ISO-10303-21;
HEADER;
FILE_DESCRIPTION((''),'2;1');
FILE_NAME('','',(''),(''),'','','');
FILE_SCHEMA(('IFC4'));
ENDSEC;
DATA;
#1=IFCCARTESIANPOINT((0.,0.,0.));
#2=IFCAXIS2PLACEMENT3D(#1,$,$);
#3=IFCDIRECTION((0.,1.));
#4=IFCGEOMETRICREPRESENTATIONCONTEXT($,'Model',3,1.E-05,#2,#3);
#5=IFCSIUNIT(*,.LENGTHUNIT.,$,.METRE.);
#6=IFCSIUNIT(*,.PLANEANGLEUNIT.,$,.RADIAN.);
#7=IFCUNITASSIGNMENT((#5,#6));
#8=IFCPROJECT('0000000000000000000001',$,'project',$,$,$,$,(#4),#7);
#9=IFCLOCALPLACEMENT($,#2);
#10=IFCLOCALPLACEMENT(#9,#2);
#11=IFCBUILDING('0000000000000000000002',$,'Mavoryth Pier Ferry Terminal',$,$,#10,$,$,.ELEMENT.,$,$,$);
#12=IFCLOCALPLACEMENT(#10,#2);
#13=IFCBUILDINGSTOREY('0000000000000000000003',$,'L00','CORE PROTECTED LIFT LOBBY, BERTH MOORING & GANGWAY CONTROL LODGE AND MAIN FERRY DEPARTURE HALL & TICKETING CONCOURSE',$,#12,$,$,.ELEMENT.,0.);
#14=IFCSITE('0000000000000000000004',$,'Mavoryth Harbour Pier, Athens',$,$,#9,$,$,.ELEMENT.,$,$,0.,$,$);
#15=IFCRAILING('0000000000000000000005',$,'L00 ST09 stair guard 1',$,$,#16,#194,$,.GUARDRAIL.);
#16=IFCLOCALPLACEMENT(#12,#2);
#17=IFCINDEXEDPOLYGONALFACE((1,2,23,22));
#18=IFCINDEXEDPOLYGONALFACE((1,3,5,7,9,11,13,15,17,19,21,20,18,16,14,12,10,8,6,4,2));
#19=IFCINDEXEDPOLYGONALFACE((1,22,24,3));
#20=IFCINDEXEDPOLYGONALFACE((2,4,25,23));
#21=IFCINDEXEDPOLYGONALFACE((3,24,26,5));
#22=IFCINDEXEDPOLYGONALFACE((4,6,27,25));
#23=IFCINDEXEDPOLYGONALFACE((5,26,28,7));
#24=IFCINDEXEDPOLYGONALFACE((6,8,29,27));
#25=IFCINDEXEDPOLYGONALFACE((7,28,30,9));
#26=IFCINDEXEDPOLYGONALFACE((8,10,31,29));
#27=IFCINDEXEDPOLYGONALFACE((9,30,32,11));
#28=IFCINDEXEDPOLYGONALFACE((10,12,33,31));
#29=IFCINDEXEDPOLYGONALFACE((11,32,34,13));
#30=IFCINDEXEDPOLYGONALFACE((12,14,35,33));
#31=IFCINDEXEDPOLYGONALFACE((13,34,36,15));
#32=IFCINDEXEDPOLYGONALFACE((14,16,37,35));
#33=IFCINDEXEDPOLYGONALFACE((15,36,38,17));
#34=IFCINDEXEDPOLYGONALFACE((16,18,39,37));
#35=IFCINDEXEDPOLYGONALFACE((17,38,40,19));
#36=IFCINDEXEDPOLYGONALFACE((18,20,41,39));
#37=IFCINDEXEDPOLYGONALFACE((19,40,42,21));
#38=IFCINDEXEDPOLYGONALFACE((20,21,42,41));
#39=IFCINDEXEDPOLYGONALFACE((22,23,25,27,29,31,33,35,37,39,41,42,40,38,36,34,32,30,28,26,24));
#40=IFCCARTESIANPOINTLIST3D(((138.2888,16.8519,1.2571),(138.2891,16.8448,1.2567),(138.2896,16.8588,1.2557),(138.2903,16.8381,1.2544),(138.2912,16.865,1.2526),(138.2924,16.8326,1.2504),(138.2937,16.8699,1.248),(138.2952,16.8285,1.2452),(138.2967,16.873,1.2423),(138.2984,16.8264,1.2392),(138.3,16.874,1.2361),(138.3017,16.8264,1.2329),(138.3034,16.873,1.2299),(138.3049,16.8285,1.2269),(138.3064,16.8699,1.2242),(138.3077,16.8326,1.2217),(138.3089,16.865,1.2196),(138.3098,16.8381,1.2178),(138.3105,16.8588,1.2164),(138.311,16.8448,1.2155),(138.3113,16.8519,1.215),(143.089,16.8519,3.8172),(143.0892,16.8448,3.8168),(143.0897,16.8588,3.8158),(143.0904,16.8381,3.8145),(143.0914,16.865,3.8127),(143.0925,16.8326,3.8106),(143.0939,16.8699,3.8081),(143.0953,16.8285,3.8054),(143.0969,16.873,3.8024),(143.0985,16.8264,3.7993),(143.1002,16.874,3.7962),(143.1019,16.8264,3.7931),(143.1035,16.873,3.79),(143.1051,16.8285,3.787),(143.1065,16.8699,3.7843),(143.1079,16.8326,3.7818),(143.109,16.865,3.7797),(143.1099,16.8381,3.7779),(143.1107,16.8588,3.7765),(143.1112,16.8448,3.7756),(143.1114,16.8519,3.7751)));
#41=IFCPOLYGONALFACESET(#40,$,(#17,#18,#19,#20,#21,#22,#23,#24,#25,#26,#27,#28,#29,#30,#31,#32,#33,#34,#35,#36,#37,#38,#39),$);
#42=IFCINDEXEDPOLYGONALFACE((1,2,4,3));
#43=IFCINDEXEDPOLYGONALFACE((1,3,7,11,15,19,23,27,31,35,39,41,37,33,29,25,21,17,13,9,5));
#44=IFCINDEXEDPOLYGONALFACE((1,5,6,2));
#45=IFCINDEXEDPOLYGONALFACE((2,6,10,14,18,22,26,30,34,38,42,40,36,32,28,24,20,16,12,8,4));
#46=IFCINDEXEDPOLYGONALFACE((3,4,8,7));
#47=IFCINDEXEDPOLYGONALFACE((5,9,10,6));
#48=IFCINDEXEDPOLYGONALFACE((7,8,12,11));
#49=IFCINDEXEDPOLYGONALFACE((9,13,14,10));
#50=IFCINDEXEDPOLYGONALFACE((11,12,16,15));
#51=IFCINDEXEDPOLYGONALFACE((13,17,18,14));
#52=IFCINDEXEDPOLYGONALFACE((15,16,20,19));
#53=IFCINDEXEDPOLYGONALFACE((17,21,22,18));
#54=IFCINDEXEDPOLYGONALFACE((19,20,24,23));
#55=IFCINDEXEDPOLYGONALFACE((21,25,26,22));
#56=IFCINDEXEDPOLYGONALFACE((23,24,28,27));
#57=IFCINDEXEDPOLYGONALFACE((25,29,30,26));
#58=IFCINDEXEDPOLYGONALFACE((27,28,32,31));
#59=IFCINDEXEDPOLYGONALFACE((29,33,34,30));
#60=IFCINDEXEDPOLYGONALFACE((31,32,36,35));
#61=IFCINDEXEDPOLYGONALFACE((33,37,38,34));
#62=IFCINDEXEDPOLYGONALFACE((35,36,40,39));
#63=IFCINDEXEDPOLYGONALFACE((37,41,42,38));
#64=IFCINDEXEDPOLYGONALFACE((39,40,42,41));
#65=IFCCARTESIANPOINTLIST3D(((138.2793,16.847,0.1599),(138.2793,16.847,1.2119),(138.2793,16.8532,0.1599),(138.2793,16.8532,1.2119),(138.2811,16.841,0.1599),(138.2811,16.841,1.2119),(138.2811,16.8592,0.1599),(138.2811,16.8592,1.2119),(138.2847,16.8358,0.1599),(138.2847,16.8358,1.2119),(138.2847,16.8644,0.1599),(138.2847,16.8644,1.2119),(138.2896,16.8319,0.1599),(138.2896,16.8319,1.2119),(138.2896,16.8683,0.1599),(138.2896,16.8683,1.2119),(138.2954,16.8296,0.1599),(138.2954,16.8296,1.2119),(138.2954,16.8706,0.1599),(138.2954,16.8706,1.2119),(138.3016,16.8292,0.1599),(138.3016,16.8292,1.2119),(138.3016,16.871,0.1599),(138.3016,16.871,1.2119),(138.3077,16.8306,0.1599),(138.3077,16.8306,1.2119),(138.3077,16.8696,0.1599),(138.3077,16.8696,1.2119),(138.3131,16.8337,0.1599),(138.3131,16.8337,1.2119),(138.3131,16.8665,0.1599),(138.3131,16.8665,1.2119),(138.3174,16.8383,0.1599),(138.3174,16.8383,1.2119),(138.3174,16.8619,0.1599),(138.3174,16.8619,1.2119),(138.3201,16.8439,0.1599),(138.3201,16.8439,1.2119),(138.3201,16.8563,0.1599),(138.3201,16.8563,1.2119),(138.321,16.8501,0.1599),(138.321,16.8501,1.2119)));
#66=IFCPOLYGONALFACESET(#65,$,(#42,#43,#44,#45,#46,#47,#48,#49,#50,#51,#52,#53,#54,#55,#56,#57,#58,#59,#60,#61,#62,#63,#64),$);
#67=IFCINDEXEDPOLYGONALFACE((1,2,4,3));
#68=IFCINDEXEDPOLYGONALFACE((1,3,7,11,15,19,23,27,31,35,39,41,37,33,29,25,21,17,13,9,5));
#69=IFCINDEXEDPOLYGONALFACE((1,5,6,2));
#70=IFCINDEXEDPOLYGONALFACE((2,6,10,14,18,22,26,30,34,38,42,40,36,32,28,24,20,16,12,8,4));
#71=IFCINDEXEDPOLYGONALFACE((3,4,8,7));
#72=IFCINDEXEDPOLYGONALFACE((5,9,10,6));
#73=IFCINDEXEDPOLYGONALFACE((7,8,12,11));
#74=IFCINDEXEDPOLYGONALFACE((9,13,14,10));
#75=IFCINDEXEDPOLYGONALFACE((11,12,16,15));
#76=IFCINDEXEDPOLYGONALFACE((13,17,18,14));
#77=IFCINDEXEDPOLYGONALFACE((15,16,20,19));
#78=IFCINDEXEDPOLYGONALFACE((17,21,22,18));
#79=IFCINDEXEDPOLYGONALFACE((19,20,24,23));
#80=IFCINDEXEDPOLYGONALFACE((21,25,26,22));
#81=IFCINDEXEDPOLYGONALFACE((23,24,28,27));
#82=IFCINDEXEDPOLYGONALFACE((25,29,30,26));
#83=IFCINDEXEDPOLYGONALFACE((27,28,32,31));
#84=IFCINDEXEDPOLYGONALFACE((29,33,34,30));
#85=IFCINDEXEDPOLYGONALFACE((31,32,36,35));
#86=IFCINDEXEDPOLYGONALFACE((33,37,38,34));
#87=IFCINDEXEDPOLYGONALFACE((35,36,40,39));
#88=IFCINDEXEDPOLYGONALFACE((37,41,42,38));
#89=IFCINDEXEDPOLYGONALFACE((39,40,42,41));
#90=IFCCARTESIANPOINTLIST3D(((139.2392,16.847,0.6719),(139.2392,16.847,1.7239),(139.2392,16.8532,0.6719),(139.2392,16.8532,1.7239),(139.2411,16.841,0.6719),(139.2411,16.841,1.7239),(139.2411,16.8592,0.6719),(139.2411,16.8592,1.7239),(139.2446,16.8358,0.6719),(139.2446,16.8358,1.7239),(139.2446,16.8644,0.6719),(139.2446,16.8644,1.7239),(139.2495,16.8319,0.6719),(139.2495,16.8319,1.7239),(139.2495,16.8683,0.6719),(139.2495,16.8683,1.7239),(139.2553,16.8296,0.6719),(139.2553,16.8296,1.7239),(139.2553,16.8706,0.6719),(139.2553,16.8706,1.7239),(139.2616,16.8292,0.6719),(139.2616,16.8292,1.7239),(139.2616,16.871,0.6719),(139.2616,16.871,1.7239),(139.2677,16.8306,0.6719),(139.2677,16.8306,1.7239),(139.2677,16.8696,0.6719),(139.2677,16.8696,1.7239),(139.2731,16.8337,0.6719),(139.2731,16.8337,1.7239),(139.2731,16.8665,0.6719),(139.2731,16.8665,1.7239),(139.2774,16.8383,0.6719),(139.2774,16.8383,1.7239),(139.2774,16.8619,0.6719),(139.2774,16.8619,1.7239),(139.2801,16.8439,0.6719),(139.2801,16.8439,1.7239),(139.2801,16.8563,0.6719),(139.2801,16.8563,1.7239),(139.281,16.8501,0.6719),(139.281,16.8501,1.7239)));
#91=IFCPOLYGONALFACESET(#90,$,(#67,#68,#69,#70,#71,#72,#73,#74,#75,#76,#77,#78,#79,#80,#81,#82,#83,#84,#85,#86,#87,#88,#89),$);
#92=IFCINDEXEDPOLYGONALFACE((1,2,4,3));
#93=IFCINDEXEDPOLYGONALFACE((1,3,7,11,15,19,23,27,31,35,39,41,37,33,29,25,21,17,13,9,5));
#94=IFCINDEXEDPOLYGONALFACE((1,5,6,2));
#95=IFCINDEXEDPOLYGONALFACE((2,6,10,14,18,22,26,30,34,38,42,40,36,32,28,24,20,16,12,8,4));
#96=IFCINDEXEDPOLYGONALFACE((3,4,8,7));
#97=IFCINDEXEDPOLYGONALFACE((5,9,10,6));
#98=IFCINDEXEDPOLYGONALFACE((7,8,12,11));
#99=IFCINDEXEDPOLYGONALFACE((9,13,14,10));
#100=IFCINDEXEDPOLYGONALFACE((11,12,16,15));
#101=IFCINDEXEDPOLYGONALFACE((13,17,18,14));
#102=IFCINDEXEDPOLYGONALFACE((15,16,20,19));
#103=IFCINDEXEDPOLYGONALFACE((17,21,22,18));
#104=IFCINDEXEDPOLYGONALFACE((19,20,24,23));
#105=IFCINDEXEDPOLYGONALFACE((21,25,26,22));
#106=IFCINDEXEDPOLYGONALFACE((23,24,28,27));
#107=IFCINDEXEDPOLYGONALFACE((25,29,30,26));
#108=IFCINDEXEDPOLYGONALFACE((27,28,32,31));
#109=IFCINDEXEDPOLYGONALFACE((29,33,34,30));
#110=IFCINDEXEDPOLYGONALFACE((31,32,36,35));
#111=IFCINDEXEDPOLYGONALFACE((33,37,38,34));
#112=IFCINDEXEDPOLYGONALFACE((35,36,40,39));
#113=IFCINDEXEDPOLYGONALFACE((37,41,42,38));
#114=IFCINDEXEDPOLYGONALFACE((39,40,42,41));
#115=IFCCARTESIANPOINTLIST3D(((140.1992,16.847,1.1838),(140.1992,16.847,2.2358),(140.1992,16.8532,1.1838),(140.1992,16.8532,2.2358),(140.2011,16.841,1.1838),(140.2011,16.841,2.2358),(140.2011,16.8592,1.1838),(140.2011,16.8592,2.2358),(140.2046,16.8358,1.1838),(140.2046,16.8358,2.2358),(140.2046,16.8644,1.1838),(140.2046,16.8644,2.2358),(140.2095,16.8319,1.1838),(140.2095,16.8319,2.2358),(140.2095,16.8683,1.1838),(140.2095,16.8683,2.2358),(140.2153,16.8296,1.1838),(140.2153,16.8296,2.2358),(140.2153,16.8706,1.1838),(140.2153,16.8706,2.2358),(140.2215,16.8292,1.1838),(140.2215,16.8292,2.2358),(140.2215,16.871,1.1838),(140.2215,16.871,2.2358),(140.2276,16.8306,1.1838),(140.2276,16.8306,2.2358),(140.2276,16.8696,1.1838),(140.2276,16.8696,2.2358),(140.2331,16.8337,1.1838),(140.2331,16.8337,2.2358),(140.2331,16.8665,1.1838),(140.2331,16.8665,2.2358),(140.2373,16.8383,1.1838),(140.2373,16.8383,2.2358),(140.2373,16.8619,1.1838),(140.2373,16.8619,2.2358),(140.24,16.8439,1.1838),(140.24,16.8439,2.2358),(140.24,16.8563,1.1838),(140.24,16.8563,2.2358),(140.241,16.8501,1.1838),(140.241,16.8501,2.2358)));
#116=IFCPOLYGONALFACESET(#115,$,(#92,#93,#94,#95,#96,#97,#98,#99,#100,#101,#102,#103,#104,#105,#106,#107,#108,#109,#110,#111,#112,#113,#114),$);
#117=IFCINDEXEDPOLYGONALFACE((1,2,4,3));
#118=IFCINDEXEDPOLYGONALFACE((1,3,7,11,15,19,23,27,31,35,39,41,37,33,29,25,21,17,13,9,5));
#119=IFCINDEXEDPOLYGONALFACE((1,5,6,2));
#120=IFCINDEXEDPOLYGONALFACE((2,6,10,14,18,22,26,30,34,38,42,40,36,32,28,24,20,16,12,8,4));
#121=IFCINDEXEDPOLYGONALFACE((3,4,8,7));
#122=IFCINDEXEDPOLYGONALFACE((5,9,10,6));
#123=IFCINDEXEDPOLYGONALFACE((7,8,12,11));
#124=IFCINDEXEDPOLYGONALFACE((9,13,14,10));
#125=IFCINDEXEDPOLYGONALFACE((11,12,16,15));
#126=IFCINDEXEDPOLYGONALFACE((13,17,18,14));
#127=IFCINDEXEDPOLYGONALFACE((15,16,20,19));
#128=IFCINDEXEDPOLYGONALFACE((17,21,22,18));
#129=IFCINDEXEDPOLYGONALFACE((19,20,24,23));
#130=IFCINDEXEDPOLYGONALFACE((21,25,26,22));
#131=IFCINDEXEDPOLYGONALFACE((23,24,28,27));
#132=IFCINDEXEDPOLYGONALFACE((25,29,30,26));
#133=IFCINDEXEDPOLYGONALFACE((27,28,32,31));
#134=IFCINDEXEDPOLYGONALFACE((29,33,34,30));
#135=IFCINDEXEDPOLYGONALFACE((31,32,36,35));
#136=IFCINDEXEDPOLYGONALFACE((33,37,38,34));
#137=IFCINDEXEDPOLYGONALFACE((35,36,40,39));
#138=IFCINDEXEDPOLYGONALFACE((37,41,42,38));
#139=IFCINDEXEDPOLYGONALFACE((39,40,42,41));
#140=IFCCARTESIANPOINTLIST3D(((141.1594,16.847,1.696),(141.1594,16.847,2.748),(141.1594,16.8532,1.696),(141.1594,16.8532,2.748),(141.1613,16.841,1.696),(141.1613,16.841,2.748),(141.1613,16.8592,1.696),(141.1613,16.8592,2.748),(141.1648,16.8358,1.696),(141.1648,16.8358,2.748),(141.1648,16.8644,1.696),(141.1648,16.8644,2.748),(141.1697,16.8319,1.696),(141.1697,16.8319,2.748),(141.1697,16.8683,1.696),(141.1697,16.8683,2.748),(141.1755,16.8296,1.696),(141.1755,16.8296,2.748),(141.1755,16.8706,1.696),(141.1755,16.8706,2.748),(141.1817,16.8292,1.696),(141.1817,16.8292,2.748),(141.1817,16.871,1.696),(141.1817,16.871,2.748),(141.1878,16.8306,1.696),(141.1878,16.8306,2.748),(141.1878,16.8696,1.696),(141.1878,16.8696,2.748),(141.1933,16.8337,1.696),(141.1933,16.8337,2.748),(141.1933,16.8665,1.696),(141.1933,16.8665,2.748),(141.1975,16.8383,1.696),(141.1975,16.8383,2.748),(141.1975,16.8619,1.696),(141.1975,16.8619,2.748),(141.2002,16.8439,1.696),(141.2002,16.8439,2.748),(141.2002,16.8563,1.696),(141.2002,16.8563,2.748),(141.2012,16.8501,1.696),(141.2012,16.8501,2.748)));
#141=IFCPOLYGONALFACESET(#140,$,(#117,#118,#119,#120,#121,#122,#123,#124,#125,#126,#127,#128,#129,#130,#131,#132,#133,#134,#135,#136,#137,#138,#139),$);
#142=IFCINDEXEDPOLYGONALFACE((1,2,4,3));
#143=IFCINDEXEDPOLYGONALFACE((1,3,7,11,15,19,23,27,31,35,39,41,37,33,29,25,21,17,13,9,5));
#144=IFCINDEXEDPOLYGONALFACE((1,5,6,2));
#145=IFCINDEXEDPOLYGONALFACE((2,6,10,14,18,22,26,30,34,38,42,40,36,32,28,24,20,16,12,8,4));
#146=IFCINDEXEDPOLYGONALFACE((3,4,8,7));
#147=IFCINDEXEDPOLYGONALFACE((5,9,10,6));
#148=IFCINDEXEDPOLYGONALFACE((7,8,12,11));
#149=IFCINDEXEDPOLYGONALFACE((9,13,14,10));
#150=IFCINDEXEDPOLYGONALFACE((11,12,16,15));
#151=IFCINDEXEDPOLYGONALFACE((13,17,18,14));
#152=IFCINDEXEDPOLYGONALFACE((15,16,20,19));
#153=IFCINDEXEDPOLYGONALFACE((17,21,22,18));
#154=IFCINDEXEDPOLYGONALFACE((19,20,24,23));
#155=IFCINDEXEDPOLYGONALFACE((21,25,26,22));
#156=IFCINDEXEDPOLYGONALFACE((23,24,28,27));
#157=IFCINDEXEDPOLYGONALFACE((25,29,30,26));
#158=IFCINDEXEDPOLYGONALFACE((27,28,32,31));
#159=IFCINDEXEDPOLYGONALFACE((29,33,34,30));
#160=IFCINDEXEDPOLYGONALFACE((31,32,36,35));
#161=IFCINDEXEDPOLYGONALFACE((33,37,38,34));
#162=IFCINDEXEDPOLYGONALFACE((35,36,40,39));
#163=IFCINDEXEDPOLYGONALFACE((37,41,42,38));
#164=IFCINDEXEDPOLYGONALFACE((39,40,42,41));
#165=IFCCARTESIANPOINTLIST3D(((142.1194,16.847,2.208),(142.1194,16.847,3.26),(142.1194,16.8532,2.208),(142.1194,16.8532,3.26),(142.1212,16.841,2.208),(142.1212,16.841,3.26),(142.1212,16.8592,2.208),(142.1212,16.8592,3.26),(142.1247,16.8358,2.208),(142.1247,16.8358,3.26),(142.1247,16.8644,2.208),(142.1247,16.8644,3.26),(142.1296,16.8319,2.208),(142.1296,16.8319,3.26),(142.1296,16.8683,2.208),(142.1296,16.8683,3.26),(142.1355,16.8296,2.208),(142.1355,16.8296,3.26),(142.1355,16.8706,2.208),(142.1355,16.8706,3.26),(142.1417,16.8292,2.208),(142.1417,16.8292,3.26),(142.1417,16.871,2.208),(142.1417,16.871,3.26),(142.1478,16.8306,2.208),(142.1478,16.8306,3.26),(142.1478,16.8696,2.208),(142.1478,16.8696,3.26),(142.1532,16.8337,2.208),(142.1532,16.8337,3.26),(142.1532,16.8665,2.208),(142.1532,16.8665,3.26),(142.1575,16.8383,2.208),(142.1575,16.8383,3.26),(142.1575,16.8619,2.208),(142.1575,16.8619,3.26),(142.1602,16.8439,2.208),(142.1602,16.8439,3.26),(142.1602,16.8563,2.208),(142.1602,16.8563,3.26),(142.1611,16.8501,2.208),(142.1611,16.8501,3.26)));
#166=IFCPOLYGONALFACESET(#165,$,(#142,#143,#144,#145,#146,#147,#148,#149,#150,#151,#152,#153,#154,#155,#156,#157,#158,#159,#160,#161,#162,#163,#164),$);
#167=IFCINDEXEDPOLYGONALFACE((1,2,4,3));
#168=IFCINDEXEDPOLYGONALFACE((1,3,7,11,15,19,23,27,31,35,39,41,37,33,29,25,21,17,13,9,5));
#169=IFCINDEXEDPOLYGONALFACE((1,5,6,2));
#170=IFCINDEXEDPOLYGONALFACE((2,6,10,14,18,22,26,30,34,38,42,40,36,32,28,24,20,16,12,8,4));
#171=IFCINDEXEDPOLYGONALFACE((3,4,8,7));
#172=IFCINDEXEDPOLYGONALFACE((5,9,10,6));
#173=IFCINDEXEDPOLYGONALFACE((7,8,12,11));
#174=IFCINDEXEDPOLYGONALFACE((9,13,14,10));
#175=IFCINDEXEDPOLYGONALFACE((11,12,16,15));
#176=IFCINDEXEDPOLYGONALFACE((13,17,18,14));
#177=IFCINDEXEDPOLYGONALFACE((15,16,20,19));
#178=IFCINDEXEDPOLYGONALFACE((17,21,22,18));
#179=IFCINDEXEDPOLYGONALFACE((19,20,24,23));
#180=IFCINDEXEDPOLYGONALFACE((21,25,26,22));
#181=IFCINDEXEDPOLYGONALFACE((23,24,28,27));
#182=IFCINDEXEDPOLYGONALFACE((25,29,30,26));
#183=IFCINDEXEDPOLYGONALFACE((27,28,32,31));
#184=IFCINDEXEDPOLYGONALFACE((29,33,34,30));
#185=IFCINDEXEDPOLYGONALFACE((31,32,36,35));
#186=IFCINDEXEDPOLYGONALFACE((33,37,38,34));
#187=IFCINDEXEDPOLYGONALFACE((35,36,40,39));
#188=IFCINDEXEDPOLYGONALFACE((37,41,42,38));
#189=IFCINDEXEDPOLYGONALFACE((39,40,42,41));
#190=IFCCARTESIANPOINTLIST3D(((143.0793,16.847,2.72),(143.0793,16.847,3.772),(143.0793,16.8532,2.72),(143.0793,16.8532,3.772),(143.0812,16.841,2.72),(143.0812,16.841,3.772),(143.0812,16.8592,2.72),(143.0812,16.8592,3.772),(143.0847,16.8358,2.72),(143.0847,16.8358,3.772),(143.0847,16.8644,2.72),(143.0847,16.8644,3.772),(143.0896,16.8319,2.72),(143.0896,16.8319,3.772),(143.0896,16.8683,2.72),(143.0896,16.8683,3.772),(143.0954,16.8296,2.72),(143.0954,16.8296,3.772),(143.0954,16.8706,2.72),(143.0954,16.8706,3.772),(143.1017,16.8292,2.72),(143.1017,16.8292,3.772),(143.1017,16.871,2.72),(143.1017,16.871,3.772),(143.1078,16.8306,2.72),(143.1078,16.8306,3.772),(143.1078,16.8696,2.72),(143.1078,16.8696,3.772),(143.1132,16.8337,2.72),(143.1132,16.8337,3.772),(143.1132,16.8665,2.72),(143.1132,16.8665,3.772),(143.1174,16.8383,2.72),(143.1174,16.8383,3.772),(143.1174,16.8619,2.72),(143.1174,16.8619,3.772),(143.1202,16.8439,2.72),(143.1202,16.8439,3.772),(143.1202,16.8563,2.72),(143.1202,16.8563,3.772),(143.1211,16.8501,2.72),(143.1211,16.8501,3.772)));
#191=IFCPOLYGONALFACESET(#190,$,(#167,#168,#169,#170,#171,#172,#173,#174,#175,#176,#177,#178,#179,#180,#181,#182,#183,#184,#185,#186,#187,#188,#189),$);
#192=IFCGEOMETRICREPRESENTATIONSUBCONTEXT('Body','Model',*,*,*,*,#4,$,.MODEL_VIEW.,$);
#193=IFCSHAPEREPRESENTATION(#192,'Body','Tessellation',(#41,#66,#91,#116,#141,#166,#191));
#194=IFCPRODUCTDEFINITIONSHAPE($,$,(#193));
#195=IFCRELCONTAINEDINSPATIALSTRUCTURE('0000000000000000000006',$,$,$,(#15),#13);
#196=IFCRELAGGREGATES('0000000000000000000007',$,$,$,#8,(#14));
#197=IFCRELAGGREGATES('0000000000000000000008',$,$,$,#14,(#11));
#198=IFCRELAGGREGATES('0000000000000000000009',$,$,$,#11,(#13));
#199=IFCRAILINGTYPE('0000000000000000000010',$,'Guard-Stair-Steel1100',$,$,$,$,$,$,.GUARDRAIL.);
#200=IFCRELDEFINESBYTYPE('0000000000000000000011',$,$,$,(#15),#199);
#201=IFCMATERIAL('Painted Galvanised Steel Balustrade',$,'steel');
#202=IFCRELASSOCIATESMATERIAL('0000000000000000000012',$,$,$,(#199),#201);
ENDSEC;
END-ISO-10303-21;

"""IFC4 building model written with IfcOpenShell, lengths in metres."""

from ifc_helpers import new_model, si_unit, direction, frame, origin, origin_2d, place, context, subcontext, project, spatial, circle, extrude, material, type_object, element, save


model = new_model("IFC4")

# Units and contexts
model_context = context("Model", 3, precision=1e-05, world=origin(), true_north=direction((0.0, 1.0)))
body_context = subcontext(model_context, "Body", "Model", "MODEL_VIEW")
ifc_project = project(units=[si_unit("LENGTHUNIT", "METRE"), si_unit("PLANEANGLEUNIT", "RADIAN")], contexts=[model_context])

# Site, building, storey
site_placement = place(None, origin())
site = spatial("IfcSite", under=ifc_project, at=site_placement, Name="Mavoryth Harbour Pier, Athens", CompositionType="ELEMENT", RefElevation=0.0)
building_placement = place(site_placement, origin())
building = spatial("IfcBuilding", under=site, at=building_placement, Name="Mavoryth Pier Ferry Terminal", CompositionType="ELEMENT")
storey_placement = place(building_placement, origin())
storey = spatial("IfcBuildingStorey", under=building, at=storey_placement, Name="L00", Description="CORE PROTECTED LIFT LOBBY, BERTH MOORING & GANGWAY CONTROL LODGE AND MAIN FERRY DEPARTURE HALL & TICKETING CONCOURSE", CompositionType="ELEMENT", Elevation=0.0)

# Railing
ifc_material_1 = material(Name="Painted Galvanised Steel Balustrade", Category="steel")
railing_type_1 = type_object("IfcRailingType", Name="Guard-Stair-Steel1100", PredefinedType="GUARDRAIL", material=ifc_material_1)
railing_1_placement = place(storey_placement, frame((138.3, 16.8501, 0.1599)))
element("IfcRailing", 1, at=railing_1_placement, inside=storey, type_object=railing_type_1, Name="L00 ST09 stair guard 1", PredefinedType="GUARDRAIL", context=body_context, shape_type="SweptSolid", body=[
    extrude(circle(Radius=0.0239, at=origin_2d()), frame((0.0, 0.0, 1.0762), z_axis=(0.88235, 0.0, 0.470593), x_axis=(0.0, 1.0, 0.0)), (0.0, 0.0, 1.0), 5.4402),
    extrude(circle(Radius=0.021, at=origin_2d()), origin(), (0.0, 0.0, 1.0), 1.052),
    extrude(circle(Radius=0.021, at=origin_2d()), frame((0.96, 0.0, 0.512)), (0.0, 0.0, 1.0), 1.052),
    extrude(circle(Radius=0.021, at=origin_2d()), frame((1.9199, 0.0, 1.0239)), (0.0, 0.0, 1.0), 1.052),
    extrude(circle(Radius=0.021, at=origin_2d()), frame((2.8801, 0.0, 1.5361)), (0.0, 0.0, 1.0), 1.052),
    extrude(circle(Radius=0.021, at=origin_2d()), frame((3.8401, 0.0, 2.0481)), (0.0, 0.0, 1.0), 1.052),
    extrude(circle(Radius=0.021, at=origin_2d()), frame((4.8, 0.0, 2.5601)), (0.0, 0.0, 1.0), 1.052),
])

save(model, "model.ifc")
